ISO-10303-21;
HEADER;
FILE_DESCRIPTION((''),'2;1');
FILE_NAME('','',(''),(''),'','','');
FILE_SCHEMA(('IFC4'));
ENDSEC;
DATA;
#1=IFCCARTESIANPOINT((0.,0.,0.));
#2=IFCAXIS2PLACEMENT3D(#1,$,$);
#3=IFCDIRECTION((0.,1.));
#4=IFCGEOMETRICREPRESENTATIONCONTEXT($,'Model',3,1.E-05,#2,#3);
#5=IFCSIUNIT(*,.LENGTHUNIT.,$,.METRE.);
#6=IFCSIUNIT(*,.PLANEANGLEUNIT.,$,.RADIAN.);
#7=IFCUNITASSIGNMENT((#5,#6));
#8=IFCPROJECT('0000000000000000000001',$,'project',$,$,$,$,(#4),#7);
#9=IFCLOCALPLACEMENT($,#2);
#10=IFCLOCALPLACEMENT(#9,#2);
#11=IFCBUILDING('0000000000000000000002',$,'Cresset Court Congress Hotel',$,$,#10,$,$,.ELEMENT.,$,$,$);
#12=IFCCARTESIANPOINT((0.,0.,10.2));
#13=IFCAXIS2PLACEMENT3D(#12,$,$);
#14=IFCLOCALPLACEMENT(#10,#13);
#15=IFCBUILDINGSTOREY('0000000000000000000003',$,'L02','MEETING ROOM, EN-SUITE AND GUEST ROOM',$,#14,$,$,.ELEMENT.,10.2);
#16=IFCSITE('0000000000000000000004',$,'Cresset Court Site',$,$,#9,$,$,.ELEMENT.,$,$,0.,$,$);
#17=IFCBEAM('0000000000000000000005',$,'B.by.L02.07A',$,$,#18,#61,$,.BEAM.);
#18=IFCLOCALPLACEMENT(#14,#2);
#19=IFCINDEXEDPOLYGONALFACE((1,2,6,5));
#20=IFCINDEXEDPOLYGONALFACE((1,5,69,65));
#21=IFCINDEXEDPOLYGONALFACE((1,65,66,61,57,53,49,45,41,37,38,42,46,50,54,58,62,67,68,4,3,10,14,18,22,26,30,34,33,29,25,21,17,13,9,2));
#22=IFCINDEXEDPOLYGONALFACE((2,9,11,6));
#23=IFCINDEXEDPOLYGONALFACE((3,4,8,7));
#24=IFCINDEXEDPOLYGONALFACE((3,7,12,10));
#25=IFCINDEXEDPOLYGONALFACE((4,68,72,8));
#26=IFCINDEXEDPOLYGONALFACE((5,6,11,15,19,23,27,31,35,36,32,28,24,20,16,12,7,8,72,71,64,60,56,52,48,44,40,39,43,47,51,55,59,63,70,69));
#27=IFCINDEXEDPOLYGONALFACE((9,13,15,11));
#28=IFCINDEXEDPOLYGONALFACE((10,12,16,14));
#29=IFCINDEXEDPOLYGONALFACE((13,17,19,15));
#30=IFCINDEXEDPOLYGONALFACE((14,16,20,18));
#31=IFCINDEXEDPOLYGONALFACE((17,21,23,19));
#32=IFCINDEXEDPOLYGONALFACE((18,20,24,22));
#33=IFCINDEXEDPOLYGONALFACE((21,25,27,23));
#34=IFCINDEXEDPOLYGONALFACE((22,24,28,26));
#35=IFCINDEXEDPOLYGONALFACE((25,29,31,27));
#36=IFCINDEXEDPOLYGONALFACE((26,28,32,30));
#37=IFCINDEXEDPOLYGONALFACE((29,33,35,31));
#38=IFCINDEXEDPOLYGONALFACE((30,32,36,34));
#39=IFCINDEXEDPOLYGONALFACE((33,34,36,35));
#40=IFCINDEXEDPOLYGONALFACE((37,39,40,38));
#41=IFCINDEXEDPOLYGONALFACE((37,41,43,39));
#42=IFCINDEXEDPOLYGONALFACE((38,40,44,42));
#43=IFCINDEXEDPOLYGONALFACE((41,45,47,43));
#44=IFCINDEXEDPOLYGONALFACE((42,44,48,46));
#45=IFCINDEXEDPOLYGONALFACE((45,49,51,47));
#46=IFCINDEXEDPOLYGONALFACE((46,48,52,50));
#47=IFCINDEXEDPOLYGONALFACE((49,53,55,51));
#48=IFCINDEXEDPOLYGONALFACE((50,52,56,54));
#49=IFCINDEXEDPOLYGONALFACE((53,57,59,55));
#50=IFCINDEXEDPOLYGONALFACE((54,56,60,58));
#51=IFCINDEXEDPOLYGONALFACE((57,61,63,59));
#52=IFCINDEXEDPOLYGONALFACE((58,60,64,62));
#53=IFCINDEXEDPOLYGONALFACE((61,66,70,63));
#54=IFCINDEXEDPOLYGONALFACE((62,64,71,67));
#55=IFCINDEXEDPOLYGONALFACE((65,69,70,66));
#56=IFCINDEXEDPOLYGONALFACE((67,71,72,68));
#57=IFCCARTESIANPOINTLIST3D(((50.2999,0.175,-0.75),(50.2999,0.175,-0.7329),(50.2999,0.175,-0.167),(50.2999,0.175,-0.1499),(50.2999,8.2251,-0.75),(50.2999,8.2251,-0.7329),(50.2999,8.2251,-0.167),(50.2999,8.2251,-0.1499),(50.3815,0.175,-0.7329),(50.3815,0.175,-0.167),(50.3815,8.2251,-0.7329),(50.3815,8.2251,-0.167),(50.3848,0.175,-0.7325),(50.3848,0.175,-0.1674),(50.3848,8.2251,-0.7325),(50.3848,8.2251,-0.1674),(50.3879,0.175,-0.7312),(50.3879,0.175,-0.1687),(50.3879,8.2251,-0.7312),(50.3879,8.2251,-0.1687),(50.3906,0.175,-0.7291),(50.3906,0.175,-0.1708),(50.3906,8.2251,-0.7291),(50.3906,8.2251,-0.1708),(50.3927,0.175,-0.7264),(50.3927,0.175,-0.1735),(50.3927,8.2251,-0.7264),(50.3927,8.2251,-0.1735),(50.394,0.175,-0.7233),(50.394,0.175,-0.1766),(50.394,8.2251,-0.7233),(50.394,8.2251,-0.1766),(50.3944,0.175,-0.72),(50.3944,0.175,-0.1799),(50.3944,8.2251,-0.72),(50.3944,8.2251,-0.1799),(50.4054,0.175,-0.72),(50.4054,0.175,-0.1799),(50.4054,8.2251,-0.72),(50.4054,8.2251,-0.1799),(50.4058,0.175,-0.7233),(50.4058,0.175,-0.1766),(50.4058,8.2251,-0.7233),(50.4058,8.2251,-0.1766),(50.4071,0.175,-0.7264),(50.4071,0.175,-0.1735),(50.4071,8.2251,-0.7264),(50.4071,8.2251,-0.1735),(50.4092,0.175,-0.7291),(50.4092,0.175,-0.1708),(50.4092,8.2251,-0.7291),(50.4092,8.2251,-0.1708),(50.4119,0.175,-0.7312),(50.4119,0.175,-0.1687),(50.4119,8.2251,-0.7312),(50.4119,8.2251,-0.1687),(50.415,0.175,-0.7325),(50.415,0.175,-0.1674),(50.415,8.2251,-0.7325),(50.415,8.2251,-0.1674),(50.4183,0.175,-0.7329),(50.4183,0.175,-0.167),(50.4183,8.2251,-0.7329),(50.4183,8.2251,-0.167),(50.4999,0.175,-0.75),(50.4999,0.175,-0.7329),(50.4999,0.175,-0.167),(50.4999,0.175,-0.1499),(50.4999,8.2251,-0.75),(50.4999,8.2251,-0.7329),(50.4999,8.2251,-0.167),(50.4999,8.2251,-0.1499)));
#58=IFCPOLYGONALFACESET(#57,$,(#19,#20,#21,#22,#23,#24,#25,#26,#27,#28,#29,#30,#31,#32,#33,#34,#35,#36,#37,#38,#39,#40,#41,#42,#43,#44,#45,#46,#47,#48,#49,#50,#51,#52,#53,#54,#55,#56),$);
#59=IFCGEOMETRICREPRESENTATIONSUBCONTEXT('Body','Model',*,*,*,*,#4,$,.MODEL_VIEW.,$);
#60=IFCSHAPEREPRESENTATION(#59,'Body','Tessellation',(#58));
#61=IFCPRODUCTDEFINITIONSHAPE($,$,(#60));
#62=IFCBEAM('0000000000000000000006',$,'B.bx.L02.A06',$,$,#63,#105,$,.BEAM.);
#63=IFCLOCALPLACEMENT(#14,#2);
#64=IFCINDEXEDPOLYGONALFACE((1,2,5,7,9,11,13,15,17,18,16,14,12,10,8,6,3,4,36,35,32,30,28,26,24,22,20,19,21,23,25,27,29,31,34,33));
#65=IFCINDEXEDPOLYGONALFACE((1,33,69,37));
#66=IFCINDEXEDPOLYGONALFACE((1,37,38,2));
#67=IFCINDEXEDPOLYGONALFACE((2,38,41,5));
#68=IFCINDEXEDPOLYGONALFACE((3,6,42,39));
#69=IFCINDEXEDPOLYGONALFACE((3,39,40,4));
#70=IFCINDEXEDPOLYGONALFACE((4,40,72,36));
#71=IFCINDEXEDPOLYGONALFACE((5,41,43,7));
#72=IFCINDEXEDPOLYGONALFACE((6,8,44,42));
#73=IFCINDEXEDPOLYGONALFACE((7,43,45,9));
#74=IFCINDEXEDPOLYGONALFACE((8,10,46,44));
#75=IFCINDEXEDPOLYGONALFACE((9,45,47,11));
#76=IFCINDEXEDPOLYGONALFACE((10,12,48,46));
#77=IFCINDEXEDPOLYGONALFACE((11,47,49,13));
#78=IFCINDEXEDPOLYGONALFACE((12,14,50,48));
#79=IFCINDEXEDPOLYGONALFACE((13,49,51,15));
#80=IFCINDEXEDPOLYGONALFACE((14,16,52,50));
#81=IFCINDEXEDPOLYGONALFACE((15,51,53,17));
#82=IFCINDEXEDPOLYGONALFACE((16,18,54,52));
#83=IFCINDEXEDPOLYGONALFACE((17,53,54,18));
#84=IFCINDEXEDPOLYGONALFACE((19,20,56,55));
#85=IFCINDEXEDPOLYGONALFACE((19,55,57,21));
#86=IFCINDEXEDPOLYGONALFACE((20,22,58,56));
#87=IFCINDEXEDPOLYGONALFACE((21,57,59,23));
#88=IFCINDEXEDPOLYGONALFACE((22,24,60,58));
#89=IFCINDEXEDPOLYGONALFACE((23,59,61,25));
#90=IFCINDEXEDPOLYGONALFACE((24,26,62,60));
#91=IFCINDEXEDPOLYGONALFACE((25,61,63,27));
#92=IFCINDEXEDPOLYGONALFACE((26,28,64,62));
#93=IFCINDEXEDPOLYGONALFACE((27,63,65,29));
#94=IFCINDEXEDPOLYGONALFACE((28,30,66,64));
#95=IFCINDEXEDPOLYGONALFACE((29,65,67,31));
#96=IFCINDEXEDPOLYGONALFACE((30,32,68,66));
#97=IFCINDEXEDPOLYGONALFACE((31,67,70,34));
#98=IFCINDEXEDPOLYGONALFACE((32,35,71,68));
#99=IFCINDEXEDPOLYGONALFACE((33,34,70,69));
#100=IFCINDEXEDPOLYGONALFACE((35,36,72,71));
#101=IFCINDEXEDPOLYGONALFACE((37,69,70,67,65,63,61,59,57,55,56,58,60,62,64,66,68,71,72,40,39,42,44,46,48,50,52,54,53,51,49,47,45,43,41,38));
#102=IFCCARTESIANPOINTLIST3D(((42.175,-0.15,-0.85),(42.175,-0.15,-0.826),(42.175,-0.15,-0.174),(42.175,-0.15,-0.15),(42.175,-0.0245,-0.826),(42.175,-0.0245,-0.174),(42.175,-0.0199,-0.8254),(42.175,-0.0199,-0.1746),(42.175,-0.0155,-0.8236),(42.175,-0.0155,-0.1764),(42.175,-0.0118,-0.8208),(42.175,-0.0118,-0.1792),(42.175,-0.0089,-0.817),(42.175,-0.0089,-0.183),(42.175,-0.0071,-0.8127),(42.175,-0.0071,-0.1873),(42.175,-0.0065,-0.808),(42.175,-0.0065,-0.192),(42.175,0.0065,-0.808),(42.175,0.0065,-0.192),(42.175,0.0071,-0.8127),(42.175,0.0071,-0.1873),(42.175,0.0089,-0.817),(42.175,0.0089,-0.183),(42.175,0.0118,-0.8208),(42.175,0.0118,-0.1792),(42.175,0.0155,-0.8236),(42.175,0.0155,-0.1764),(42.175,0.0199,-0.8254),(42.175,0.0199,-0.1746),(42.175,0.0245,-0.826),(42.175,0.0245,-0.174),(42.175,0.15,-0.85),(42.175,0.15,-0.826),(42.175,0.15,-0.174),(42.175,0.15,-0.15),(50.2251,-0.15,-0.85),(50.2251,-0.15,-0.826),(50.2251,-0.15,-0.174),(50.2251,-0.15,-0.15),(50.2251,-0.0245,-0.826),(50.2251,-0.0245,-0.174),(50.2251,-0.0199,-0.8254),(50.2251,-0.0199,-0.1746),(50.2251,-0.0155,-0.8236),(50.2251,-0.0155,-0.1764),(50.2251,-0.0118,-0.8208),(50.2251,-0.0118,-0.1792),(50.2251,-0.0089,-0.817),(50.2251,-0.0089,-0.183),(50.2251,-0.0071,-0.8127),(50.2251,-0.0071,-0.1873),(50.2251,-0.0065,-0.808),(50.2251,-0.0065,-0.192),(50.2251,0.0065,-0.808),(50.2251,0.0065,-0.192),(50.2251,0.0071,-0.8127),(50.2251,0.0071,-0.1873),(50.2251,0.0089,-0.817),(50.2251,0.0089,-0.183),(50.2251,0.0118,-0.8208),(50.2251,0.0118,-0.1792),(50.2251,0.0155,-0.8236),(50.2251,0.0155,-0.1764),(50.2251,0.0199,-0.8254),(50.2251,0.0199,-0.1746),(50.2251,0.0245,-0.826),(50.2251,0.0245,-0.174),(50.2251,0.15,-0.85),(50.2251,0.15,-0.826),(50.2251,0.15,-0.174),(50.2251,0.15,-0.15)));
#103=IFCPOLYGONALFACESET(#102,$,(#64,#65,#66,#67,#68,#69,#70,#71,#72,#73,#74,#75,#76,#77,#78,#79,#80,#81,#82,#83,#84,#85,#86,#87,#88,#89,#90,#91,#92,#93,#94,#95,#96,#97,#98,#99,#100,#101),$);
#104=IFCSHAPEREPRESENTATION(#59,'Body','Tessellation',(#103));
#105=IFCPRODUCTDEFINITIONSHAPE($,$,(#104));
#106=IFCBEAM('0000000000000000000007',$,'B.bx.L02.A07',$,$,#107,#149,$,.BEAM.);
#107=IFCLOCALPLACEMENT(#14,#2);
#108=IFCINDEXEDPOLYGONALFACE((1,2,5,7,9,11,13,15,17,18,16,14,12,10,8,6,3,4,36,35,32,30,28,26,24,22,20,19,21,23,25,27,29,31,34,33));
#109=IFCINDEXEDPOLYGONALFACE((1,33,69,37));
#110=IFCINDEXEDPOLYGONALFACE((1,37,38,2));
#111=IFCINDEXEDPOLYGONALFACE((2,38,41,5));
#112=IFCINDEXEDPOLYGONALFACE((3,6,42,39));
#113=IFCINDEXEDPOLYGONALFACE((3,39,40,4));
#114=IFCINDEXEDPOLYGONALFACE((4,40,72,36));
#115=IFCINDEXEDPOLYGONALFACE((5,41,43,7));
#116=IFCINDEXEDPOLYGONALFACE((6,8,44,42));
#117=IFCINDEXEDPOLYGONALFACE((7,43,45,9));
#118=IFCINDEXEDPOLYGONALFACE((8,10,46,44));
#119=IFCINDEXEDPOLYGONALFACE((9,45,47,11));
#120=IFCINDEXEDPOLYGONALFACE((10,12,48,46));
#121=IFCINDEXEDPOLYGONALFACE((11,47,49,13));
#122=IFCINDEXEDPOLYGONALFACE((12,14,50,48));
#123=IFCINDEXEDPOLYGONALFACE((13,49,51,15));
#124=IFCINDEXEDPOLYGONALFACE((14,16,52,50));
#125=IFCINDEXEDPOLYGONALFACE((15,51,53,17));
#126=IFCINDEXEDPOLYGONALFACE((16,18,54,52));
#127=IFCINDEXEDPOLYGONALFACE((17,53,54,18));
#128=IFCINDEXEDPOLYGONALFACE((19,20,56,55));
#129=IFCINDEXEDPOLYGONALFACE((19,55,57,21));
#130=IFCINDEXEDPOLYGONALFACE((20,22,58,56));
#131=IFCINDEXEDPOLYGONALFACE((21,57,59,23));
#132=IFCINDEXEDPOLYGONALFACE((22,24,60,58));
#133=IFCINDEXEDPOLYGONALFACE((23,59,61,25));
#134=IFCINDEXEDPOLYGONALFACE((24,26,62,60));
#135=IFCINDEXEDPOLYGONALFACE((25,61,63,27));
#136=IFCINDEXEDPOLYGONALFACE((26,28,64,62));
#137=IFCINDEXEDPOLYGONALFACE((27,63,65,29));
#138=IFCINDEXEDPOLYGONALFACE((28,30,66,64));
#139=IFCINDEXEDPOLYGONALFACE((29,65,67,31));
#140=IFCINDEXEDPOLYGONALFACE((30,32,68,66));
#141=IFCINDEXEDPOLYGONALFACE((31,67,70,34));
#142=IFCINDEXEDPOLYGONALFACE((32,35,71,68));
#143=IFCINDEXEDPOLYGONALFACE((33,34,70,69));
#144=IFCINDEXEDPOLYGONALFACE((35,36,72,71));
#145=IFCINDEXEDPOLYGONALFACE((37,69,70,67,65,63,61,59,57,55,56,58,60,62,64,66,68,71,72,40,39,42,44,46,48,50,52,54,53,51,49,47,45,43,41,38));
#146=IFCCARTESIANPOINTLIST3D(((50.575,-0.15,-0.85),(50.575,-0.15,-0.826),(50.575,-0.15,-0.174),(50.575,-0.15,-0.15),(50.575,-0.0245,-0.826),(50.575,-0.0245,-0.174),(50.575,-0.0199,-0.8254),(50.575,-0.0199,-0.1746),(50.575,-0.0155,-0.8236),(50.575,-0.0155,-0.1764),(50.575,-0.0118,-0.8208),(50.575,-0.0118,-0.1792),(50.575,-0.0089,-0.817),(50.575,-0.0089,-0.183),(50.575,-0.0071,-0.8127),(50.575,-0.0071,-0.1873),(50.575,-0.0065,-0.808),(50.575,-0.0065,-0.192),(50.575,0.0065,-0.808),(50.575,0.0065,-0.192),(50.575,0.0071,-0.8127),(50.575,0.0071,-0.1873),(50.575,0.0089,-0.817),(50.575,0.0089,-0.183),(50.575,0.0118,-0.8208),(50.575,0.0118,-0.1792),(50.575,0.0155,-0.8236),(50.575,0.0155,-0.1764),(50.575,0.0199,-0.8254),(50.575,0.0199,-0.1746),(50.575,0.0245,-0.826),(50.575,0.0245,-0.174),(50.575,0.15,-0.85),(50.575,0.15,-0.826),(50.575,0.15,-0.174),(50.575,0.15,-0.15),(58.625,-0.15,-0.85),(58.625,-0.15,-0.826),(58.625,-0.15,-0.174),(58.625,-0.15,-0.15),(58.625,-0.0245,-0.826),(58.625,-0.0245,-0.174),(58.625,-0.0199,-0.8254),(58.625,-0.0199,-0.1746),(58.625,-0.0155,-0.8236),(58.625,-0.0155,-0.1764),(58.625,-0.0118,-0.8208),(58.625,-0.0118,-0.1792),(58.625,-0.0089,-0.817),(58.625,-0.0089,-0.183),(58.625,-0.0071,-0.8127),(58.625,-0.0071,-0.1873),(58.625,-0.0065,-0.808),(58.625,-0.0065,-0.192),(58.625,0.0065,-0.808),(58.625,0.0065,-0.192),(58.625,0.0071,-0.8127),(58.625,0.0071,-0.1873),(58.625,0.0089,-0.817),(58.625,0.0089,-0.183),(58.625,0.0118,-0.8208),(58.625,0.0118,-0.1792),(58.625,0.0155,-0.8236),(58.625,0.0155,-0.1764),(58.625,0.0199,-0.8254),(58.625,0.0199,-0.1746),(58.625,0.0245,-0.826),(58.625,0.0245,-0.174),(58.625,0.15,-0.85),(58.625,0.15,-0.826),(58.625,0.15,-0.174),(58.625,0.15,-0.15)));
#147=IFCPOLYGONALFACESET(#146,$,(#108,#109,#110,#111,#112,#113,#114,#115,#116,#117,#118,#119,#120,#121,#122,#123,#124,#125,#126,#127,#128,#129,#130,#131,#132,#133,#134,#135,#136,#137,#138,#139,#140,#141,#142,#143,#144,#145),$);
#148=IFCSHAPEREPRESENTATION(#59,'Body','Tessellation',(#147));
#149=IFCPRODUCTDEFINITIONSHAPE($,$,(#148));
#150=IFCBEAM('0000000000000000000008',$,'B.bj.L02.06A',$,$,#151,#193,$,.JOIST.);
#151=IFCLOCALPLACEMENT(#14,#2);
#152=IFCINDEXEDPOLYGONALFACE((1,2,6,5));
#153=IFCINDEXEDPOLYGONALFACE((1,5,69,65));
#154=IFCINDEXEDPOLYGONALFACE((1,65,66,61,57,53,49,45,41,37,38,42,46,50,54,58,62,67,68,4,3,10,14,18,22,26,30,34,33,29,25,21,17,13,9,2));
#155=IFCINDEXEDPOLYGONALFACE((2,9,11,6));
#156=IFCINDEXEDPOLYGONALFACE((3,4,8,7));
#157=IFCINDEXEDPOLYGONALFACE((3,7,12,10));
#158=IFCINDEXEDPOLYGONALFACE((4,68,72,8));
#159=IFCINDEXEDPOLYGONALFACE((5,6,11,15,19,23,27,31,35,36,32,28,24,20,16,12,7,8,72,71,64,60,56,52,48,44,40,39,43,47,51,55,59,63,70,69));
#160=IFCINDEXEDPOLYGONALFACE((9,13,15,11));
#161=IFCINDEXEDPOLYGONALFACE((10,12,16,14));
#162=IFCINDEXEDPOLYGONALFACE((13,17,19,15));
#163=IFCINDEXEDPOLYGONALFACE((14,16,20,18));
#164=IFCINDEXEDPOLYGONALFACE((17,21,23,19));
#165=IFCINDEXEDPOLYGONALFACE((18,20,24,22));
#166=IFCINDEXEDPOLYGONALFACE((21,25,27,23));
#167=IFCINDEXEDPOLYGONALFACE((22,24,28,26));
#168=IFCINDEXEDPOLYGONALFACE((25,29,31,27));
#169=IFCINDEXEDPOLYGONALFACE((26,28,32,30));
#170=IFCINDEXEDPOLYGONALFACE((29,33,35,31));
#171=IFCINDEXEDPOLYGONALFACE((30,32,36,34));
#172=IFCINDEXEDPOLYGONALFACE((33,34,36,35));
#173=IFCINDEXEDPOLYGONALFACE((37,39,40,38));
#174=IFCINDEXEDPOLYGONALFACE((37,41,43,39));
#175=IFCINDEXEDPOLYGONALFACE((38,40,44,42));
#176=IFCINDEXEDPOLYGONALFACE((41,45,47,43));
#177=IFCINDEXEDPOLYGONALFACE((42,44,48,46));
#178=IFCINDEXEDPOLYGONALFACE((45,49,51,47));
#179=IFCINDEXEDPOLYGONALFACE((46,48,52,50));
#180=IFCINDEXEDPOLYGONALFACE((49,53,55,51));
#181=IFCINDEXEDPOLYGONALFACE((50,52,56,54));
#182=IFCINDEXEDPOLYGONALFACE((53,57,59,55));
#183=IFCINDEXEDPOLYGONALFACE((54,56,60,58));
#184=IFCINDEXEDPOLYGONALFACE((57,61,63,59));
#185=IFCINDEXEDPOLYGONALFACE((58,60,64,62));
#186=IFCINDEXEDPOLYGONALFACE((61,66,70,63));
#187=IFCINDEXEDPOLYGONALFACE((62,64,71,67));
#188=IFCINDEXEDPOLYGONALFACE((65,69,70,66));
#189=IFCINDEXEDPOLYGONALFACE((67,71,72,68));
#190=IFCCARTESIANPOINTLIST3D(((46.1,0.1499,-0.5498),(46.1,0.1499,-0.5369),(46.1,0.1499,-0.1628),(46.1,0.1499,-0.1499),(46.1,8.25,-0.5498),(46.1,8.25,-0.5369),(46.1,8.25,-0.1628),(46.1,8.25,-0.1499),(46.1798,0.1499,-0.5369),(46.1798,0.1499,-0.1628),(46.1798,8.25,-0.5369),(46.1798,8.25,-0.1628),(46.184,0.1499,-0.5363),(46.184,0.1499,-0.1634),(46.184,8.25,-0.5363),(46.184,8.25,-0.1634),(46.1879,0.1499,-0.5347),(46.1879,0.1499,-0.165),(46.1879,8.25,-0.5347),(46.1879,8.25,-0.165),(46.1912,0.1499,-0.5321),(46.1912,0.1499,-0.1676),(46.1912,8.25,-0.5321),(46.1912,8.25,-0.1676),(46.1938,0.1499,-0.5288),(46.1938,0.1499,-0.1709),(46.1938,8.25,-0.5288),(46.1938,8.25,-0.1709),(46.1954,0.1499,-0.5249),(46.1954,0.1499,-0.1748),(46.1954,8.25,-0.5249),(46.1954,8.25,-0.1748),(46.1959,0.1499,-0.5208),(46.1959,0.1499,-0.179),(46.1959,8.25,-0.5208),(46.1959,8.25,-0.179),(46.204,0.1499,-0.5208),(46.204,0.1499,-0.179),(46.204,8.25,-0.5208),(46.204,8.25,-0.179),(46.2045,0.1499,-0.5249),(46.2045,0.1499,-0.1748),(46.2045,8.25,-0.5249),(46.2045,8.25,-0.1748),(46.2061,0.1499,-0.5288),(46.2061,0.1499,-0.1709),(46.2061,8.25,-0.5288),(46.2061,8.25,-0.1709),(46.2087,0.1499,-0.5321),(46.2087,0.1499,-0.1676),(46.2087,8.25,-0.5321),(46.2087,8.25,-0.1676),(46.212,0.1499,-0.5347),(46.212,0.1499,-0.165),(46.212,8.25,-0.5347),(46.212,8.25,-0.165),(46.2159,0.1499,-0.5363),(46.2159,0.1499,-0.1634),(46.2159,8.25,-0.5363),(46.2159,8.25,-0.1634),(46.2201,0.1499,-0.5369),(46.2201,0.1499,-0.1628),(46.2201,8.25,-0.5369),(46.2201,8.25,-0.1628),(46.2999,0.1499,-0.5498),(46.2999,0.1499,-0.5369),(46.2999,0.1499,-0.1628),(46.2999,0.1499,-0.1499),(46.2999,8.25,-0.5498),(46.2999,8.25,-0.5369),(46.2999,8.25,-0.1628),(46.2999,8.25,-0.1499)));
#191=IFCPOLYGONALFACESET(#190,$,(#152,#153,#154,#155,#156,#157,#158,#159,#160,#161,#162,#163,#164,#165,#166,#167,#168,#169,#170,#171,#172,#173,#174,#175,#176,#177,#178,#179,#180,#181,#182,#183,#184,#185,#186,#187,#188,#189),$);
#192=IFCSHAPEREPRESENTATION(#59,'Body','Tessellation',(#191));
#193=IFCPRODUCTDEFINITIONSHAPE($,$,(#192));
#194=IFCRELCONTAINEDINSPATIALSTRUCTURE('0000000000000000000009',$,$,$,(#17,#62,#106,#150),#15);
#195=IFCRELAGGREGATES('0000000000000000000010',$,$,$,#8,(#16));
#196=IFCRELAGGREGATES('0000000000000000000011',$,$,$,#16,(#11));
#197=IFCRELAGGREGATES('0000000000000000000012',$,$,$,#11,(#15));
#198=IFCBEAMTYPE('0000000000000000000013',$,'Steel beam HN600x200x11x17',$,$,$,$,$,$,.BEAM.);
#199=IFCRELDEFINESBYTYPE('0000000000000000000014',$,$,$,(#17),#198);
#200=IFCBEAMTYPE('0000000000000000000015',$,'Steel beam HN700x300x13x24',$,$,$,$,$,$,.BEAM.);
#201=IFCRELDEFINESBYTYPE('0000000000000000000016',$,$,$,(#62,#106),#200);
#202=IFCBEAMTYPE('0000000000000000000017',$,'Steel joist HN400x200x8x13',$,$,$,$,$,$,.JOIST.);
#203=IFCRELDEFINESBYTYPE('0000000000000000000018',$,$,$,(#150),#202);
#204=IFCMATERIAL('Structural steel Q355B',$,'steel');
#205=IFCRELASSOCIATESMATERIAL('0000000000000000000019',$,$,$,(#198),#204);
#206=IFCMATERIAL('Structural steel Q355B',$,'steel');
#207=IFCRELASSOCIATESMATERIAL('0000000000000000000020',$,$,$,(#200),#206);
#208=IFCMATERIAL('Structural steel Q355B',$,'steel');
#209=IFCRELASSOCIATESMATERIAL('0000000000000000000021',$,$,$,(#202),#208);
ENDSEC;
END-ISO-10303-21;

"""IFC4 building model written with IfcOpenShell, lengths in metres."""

from ifc_helpers import new_model, si_unit, direction, frame, origin, origin_2d, place, context, subcontext, project, spatial, i_section, extrude, material, material_profile, profile_set, type_object, element, save


model = new_model("IFC4")

# Units and contexts
model_context = context("Model", 3, precision=1e-05, world=origin(), true_north=direction((0.0, 1.0)))
body_context = subcontext(model_context, "Body", "Model", "MODEL_VIEW")
ifc_project = project(units=[si_unit("LENGTHUNIT", "METRE"), si_unit("PLANEANGLEUNIT", "RADIAN")], contexts=[model_context])

# Site, building, storey
site_placement = place(None, origin())
site = spatial("IfcSite", under=ifc_project, at=site_placement, Name="Cresset Court Site", CompositionType="ELEMENT", RefElevation=0.0)
building_placement = place(site_placement, origin())
building = spatial("IfcBuilding", under=site, at=building_placement, Name="Cresset Court Congress Hotel", CompositionType="ELEMENT")
storey_placement = place(building_placement, frame((0.0, 0.0, 10.2)))
storey = spatial("IfcBuildingStorey", under=building, at=storey_placement, Name="L02", Description="MEETING ROOM, EN-SUITE AND GUEST ROOM", CompositionType="ELEMENT", Elevation=10.2)

# Beams
ifc_material_1 = material(Name="Structural steel Q355B", Category="steel")
ifc_material_profile_1 = material_profile(ifc_material_1, i_section(OverallWidth=0.2, OverallDepth=0.6001, WebThickness=0.011, FlangeThickness=0.0171, FilletRadius=0.0129, at=origin_2d()), Name="HN600x200x11x17")
ifc_profile_set_1 = profile_set([ifc_material_profile_1], Name="Structural steel Q355B")
beam_type_1 = type_object("IfcBeamType", Name="Steel beam HN600x200x11x17", PredefinedType="BEAM", material=ifc_profile_set_1)
for number, where, z_axis, x_axis, name in (
    (1, (50.3999, 0.175, -0.45), (0.0, 1.0, 0.0), (-1.0, 0.0, 0.0), "B.by.L02.07A"),
):
    element("IfcBeam", number, at=place(storey_placement, frame(where, z_axis=z_axis, x_axis=x_axis)), inside=storey, type_object=beam_type_1, Name=name, PredefinedType="BEAM", context=body_context, shape_type="SweptSolid", body=[
        extrude(i_section(OverallWidth=0.2, OverallDepth=0.6001, WebThickness=0.011, FlangeThickness=0.0171, FilletRadius=0.0129, at=origin_2d()), origin(), (0.0, 0.0, 1.0), 8.05),
    ])
ifc_material_2 = material(Name="Structural steel Q355B", Category="steel")
ifc_material_profile_2 = material_profile(ifc_material_2, i_section(OverallWidth=0.3, OverallDepth=0.7, WebThickness=0.0129, FlangeThickness=0.0239, FilletRadius=0.0181, at=origin_2d()), Name="HN700x300x13x24")
ifc_profile_set_2 = profile_set([ifc_material_profile_2], Name="Structural steel Q355B")
beam_type_2 = type_object("IfcBeamType", Name="Steel beam HN700x300x13x24", PredefinedType="BEAM", material=ifc_profile_set_2)
for number, where, z_axis, x_axis, name in (
    (2, (42.175, 0.0, -0.5), (1.0, 0.0, 0.0), (0.0, 1.0, 0.0), "B.bx.L02.A06"),
    (3, (50.575, 0.0, -0.5), (1.0, 0.0, 0.0), (0.0, 1.0, 0.0), "B.bx.L02.A07"),
):
    element("IfcBeam", number, at=place(storey_placement, frame(where, z_axis=z_axis, x_axis=x_axis)), inside=storey, type_object=beam_type_2, Name=name, PredefinedType="BEAM", context=body_context, shape_type="SweptSolid", body=[
        extrude(i_section(OverallWidth=0.3, OverallDepth=0.7, WebThickness=0.0129, FlangeThickness=0.0239, FilletRadius=0.0181, at=origin_2d()), origin(), (0.0, 0.0, 1.0), 8.05),
    ])
ifc_material_3 = material(Name="Structural steel Q355B", Category="steel")
ifc_material_profile_3 = material_profile(ifc_material_3, i_section(OverallWidth=0.2, OverallDepth=0.3999, WebThickness=0.0081, FlangeThickness=0.0129, FilletRadius=0.0161, at=origin_2d()), Name="HN400x200x8x13")
ifc_profile_set_3 = profile_set([ifc_material_profile_3], Name="Structural steel Q355B")
beam_type_3 = type_object("IfcBeamType", Name="Steel joist HN400x200x8x13", PredefinedType="JOIST", material=ifc_profile_set_3)
beam_placement = place(storey_placement, frame((46.2, 0.1499, -0.3499), z_axis=(0.0, 1.0, 0.0), x_axis=(-1.0, 0.0, 0.0)))
element("IfcBeam", 4, at=beam_placement, inside=storey, type_object=beam_type_3, Name="B.bj.L02.06A", PredefinedType="JOIST", context=body_context, shape_type="SweptSolid", body=[
    extrude(i_section(OverallWidth=0.2, OverallDepth=0.3999, WebThickness=0.0081, FlangeThickness=0.0129, FilletRadius=0.0161, at=origin_2d()), origin(), (0.0, 0.0, 1.0), 8.1001),
])

save(model, "model.ifc")
